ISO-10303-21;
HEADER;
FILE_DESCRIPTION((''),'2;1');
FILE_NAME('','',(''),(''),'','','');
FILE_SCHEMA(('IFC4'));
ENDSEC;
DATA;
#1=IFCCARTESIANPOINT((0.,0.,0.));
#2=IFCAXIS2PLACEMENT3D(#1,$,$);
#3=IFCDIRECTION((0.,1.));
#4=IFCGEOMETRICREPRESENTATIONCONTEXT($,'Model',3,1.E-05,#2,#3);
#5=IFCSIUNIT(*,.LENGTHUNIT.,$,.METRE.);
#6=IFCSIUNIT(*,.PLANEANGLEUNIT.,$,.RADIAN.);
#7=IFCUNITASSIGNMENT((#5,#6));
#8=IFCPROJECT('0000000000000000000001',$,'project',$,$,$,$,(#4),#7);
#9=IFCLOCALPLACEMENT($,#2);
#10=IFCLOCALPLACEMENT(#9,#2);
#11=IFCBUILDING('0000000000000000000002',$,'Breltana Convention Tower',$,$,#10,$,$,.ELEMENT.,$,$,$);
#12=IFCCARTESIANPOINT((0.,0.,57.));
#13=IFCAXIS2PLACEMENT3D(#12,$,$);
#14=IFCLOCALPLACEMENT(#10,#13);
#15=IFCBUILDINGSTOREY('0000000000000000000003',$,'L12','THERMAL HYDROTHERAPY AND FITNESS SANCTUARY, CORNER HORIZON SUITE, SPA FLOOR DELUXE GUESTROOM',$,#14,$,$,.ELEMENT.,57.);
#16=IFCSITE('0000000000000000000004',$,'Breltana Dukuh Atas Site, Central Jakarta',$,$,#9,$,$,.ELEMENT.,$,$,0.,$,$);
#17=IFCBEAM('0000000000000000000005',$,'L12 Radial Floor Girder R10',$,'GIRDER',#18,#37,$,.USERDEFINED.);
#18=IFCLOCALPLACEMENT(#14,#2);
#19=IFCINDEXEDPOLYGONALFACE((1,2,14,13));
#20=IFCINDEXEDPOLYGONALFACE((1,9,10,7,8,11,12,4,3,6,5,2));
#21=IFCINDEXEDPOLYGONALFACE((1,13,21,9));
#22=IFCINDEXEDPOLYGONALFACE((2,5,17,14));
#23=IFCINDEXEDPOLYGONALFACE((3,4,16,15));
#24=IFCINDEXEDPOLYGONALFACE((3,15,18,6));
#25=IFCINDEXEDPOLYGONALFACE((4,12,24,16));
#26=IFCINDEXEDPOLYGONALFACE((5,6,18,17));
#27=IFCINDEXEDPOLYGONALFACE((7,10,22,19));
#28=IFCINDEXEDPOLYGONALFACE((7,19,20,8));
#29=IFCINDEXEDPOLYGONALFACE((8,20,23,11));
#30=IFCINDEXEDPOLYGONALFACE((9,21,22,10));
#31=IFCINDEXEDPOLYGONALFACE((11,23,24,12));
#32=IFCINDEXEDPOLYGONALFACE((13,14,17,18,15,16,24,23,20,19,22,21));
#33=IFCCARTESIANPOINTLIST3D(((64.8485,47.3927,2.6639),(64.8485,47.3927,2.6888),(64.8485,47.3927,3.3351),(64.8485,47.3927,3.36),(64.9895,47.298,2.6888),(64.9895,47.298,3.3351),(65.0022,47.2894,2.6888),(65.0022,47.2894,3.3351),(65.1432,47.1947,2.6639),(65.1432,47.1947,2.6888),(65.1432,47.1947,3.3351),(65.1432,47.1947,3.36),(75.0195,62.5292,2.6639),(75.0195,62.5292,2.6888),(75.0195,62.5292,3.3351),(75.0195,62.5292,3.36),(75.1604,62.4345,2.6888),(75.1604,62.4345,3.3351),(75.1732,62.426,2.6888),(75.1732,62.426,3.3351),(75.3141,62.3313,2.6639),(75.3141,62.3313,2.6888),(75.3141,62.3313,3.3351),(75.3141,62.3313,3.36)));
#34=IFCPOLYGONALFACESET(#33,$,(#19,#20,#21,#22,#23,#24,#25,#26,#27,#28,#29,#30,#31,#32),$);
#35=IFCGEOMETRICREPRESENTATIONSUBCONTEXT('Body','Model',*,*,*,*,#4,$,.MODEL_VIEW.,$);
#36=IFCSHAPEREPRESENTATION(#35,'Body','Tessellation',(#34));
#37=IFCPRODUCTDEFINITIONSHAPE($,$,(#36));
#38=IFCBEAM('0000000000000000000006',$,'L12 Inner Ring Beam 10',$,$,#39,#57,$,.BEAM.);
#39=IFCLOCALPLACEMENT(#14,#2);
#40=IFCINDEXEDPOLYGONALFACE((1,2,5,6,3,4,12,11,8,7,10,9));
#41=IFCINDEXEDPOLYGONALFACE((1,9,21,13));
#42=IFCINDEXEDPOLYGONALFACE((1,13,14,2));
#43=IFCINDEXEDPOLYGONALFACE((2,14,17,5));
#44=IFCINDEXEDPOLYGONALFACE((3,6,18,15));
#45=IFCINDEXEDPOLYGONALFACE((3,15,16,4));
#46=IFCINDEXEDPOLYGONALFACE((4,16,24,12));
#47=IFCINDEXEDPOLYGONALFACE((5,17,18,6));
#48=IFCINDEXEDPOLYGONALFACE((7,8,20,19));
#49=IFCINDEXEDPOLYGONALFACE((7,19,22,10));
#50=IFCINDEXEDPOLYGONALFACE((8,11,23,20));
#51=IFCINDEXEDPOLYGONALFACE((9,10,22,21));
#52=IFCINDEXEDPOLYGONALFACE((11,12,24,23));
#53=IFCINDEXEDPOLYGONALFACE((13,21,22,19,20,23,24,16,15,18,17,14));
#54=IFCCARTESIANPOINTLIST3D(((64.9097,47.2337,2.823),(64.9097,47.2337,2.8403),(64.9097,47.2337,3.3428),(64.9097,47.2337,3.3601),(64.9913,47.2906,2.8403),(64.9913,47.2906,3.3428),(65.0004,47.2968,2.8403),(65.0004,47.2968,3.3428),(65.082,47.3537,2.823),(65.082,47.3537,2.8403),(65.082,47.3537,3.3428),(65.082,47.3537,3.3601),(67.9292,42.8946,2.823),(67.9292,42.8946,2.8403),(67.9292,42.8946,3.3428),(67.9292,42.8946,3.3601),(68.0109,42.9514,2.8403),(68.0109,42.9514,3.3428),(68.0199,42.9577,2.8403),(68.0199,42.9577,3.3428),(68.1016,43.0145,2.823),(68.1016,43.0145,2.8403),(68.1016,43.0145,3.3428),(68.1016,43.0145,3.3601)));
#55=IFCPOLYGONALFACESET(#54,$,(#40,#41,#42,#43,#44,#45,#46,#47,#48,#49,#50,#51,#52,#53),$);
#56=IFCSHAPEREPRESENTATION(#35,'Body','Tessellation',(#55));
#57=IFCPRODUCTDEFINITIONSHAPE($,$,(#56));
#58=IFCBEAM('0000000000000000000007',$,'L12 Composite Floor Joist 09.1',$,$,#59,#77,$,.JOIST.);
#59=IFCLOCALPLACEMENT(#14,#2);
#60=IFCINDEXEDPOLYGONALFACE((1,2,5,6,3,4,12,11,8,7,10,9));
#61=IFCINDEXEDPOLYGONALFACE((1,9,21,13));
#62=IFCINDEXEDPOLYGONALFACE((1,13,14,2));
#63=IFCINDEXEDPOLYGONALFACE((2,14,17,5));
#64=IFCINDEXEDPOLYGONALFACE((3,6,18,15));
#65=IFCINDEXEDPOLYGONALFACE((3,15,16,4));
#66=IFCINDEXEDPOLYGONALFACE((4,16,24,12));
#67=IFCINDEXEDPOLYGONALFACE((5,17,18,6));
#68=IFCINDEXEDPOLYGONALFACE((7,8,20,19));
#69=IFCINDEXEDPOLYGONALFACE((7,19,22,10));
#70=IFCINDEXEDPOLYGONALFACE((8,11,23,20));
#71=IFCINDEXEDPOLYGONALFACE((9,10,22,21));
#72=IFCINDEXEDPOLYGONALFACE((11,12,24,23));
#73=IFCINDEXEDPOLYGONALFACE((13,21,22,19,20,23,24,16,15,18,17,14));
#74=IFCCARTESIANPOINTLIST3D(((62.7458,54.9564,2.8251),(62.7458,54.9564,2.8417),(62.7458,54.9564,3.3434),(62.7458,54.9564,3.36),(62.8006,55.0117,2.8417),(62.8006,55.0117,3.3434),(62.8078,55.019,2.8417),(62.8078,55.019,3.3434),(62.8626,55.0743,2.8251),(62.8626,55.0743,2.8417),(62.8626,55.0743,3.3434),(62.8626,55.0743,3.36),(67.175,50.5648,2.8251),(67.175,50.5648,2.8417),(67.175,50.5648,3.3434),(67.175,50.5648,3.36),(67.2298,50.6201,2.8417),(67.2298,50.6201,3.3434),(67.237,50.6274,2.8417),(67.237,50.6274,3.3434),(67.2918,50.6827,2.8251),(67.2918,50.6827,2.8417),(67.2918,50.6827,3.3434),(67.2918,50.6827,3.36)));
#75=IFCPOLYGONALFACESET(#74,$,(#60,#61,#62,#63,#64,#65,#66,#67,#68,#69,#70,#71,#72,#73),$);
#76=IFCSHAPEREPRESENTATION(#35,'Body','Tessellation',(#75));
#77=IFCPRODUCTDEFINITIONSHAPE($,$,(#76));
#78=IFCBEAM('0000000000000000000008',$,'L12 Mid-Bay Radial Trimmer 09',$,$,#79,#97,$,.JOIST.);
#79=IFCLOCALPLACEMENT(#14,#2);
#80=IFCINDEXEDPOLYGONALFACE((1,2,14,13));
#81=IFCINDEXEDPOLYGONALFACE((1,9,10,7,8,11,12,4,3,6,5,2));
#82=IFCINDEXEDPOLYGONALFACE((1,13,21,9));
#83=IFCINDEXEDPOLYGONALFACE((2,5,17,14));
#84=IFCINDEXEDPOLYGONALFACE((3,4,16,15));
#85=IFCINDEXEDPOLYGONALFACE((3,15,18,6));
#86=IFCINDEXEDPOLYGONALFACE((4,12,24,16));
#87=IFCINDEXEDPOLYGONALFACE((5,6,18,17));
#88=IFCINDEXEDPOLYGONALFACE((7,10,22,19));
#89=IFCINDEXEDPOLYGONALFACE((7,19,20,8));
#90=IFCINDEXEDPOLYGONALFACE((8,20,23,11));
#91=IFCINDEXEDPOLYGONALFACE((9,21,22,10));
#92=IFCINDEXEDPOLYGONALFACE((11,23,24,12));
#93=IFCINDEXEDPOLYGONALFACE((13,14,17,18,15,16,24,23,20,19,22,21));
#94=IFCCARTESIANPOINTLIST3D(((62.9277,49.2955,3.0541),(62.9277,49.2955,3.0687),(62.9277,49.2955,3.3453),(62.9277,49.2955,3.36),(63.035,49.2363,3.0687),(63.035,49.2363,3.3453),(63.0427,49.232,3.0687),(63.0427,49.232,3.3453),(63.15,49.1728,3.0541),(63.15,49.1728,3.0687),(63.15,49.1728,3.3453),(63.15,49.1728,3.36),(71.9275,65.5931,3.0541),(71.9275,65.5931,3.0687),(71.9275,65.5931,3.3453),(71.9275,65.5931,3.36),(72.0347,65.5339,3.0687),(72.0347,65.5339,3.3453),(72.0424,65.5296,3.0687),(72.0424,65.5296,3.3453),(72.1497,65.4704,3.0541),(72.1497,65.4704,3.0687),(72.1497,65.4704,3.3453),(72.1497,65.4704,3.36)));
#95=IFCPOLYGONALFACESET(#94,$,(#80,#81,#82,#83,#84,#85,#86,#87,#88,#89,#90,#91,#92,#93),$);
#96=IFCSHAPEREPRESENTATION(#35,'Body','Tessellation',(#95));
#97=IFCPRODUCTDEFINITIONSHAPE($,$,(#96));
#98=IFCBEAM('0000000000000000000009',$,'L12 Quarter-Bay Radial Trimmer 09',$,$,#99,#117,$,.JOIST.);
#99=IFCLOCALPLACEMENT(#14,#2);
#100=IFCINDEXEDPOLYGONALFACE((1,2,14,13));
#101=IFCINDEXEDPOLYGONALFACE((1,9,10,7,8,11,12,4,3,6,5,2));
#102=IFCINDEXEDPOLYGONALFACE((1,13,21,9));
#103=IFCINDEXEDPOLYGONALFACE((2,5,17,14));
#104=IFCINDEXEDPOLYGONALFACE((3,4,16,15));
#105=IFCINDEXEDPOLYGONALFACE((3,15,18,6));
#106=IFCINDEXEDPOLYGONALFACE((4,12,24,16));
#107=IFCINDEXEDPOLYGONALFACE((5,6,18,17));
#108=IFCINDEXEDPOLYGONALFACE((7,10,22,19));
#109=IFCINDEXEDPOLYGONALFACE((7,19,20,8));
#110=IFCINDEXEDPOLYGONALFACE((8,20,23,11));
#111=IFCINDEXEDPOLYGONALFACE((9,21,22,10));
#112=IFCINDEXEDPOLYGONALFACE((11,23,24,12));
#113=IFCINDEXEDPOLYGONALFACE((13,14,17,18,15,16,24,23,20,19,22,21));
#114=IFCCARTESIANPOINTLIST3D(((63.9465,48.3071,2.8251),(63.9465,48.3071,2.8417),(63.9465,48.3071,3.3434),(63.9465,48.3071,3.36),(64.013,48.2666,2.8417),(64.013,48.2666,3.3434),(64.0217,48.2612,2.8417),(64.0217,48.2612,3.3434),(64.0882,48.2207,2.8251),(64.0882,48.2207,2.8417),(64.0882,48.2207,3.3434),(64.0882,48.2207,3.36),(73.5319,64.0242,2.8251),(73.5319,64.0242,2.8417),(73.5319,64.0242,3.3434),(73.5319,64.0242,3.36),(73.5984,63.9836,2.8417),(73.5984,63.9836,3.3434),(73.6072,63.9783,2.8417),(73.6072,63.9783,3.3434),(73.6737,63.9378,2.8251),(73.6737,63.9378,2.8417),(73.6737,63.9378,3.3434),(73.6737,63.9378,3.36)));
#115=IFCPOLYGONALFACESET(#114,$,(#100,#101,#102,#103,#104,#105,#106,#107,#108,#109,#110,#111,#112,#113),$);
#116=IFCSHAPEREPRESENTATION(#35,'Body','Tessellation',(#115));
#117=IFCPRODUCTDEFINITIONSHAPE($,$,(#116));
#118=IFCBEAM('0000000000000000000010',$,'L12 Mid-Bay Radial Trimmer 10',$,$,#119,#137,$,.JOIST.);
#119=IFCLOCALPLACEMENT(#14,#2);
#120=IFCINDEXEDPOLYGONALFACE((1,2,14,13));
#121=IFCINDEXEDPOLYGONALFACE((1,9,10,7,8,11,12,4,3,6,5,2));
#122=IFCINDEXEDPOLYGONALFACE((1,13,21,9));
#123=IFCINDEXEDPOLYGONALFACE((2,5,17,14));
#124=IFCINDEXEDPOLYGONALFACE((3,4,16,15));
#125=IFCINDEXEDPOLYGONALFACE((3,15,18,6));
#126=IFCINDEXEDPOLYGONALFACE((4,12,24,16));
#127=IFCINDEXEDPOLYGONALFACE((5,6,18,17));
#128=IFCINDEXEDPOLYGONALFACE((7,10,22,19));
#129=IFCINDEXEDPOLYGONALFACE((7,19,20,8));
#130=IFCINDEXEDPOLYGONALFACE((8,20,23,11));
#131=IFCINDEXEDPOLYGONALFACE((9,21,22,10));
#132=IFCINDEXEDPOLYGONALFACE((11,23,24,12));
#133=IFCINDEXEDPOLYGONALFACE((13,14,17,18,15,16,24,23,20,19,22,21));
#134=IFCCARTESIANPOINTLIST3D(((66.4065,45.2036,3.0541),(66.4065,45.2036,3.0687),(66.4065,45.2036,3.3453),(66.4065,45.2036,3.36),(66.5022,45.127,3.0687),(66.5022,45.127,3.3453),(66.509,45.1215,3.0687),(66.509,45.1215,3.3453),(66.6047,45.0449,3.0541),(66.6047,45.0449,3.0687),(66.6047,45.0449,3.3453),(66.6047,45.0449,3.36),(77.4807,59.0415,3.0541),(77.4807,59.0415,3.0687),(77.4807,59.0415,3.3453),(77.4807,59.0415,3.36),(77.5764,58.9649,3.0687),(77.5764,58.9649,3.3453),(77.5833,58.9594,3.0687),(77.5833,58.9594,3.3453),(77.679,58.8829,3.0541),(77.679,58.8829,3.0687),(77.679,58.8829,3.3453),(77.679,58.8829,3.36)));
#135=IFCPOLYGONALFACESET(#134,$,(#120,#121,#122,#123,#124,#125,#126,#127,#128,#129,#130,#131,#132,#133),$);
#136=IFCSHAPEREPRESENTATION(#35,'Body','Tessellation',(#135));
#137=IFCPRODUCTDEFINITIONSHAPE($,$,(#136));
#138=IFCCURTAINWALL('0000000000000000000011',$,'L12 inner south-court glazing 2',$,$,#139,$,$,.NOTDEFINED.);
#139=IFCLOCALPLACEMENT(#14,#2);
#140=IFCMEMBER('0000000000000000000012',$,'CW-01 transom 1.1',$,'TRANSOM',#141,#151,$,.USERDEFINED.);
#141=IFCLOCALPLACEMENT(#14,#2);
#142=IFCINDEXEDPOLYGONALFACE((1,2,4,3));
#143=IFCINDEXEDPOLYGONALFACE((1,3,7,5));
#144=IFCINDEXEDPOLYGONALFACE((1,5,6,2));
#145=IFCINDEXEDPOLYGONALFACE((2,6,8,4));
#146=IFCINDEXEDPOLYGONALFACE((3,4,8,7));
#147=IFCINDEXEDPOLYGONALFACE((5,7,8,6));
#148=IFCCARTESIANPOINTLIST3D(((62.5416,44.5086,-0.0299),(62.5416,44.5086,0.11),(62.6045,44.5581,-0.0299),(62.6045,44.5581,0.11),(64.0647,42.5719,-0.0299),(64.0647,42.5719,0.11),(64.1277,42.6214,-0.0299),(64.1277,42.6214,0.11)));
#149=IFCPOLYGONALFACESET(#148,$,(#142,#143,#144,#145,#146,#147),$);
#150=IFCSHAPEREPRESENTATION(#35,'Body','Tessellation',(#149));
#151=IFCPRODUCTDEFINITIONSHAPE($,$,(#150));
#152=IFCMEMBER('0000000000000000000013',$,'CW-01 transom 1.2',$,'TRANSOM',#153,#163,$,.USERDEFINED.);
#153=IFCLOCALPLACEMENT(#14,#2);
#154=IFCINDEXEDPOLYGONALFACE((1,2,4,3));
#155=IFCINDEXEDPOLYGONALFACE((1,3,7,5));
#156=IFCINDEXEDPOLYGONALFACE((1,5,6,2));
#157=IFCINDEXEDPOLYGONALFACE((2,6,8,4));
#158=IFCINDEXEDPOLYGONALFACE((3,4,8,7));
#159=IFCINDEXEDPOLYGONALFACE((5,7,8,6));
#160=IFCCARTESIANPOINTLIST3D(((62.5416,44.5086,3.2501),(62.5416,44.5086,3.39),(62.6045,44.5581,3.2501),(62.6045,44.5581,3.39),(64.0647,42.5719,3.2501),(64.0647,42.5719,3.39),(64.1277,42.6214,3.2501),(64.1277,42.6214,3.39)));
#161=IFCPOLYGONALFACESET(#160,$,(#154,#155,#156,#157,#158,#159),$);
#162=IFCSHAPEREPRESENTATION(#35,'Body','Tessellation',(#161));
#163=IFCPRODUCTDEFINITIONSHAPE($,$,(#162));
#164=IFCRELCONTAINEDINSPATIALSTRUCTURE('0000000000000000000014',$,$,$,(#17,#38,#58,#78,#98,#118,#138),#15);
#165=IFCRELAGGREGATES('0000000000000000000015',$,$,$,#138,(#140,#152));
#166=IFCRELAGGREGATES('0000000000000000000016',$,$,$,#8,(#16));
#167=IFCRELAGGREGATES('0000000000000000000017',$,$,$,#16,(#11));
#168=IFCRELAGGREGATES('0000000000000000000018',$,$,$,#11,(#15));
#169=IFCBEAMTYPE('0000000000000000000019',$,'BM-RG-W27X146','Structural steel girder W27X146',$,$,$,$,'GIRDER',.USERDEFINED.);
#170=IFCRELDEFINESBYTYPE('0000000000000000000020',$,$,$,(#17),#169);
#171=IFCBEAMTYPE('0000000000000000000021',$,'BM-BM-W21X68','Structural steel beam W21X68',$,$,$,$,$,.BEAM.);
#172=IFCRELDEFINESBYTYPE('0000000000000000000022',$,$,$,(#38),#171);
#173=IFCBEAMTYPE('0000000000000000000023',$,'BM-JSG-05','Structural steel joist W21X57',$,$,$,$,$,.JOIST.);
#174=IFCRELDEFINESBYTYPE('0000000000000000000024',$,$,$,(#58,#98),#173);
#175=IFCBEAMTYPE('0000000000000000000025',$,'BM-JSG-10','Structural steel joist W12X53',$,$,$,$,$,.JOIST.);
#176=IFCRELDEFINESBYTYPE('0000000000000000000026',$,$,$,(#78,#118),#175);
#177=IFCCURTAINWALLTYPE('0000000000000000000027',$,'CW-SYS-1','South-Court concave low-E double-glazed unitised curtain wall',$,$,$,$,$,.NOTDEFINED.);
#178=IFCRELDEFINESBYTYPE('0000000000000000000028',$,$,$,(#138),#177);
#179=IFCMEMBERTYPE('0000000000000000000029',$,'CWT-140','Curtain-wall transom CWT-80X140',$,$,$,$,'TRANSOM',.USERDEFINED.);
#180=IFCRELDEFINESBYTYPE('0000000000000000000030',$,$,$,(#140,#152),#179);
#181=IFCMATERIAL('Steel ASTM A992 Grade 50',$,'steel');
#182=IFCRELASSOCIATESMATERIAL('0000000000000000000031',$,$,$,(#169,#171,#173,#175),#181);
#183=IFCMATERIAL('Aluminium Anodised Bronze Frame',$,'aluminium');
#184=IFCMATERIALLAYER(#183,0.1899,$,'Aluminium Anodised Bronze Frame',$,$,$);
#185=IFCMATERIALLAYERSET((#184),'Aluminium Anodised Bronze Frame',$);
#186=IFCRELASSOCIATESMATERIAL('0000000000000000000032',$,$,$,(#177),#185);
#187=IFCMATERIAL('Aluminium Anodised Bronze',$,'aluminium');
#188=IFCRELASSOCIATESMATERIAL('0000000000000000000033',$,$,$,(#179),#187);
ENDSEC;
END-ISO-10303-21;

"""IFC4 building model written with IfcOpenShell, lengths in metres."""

from ifc_helpers import new_model, si_unit, direction, frame, origin, origin_2d, place, context, subcontext, project, spatial, rectangle, i_section, extrude, source, transform, mapped, material, layer, layer_set, material_profile, profile_set, type_object, element, aggregate, save


model = new_model("IFC4")

# Units and contexts
model_context = context("Model", 3, precision=1e-05, world=origin(), true_north=direction((0.0, 1.0)))
body_context = subcontext(model_context, "Body", "Model", "MODEL_VIEW")
ifc_project = project(units=[si_unit("LENGTHUNIT", "METRE"), si_unit("PLANEANGLEUNIT", "RADIAN")], contexts=[model_context])

# Site, building, storey
site_placement = place(None, origin())
site = spatial("IfcSite", under=ifc_project, at=site_placement, Name="Breltana Dukuh Atas Site, Central Jakarta", CompositionType="ELEMENT", RefElevation=0.0)
building_placement = place(site_placement, origin())
building = spatial("IfcBuilding", under=site, at=building_placement, Name="Breltana Convention Tower", CompositionType="ELEMENT")
storey_placement = place(building_placement, frame((0.0, 0.0, 57.0)))
storey = spatial("IfcBuildingStorey", under=building, at=storey_placement, Name="L12", Description="THERMAL HYDROTHERAPY AND FITNESS SANCTUARY, CORNER HORIZON SUITE, SPA FLOOR DELUXE GUESTROOM", CompositionType="ELEMENT", Elevation=57.0)

# Beams
ifc_material_1 = material(Name="Steel ASTM A992 Grade 50", Category="steel")
ifc_material_profile_1 = material_profile(ifc_material_1, i_section(OverallWidth=0.355, OverallDepth=0.696, WebThickness=0.0154, FlangeThickness=0.0249, at=origin_2d()), Name="W27X146")
ifc_profile_set_1 = profile_set([ifc_material_profile_1], Name="Steel ASTM A992 Grade 50")
beam_type_1 = type_object("IfcBeamType", Name="BM-RG-W27X146", Description="Structural steel girder W27X146", ElementType="GIRDER", PredefinedType="USERDEFINED", material=ifc_profile_set_1)
shared_shape_1 = source(origin(), body_context, "Body", "SweptSolid", [
    extrude(i_section(OverallWidth=0.355, OverallDepth=0.696, WebThickness=0.0154, FlangeThickness=0.0249, at=origin_2d()), origin(), (0.0, 0.0, 1.0), 18.2363),
])
beam_1_placement = place(storey_placement, frame((64.9958, 47.2937, 3.012), z_axis=(0.55773, 0.830022, 0.0), x_axis=(-0.830022, 0.55773, 0.0)))
element("IfcBeam", 1, at=beam_1_placement, inside=storey, type_object=beam_type_1, Name="L12 Radial Floor Girder R10", ObjectType="GIRDER", PredefinedType="USERDEFINED", context=body_context, shape_type="MappedRepresentation", body=[
    mapped(shared_shape_1, transform((0.0, 0.0, 0.0), scale=1.0)),
])
ifc_material_profile_2 = material_profile(ifc_material_1, i_section(OverallWidth=0.21, OverallDepth=0.5371, WebThickness=0.011, FlangeThickness=0.0173, at=origin_2d()), Name="W21X68")
ifc_profile_set_2 = profile_set([ifc_material_profile_2], Name="Steel ASTM A992 Grade 50")
beam_type_2 = type_object("IfcBeamType", Name="BM-BM-W21X68", Description="Structural steel beam W21X68", PredefinedType="BEAM", material=ifc_profile_set_2)
shared_shape_2 = source(origin(), body_context, "Body", "SweptSolid", [
    extrude(i_section(OverallWidth=0.21, OverallDepth=0.5371, WebThickness=0.011, FlangeThickness=0.0173, at=origin_2d()), origin(), (0.0, 0.0, 1.0), 5.2864),
])
beam_2_placement = place(storey_placement, frame((64.9958, 47.2937, 3.0916), z_axis=(0.571194, -0.820815, 0.0), x_axis=(0.820815, 0.571194, 0.0)))
element("IfcBeam", 2, at=beam_2_placement, inside=storey, type_object=beam_type_2, Name="L12 Inner Ring Beam 10", PredefinedType="BEAM", context=body_context, shape_type="MappedRepresentation", body=[
    mapped(shared_shape_2, transform((0.0, 0.0, 0.0), scale=1.0)),
])
ifc_material_profile_3 = material_profile(ifc_material_1, i_section(OverallWidth=0.166, OverallDepth=0.5349, WebThickness=0.0103, FlangeThickness=0.0166, at=origin_2d()), Name="W21X57")
ifc_profile_set_3 = profile_set([ifc_material_profile_3], Name="Steel ASTM A992 Grade 50")
beam_type_3 = type_object("IfcBeamType", Name="BM-JSG-05", Description="Structural steel joist W21X57", PredefinedType="JOIST", material=ifc_profile_set_3)
shared_shape_3 = source(origin(), body_context, "Body", "SweptSolid", [
    extrude(i_section(OverallWidth=0.166, OverallDepth=0.5349, WebThickness=0.0103, FlangeThickness=0.0166, at=origin_2d()), origin(), (0.0, 0.0, 1.0), 6.2373),
])
beam_3_placement = place(storey_placement, frame((62.8042, 55.0154, 3.0925), z_axis=(0.710114, -0.704086, 0.0), x_axis=(0.704086, 0.710114, 0.0)))
element("IfcBeam", 3, at=beam_3_placement, inside=storey, type_object=beam_type_3, Name="L12 Composite Floor Joist 09.1", PredefinedType="JOIST", context=body_context, shape_type="MappedRepresentation", body=[
    mapped(shared_shape_3, transform((0.0, 0.0, 0.0), scale=1.0)),
])
ifc_material_profile_4 = material_profile(ifc_material_1, i_section(OverallWidth=0.2539, OverallDepth=0.3059, WebThickness=0.0088, FlangeThickness=0.0146, at=origin_2d()), Name="W12X53")
ifc_profile_set_4 = profile_set([ifc_material_profile_4], Name="Steel ASTM A992 Grade 50")
beam_type_4 = type_object("IfcBeamType", Name="BM-JSG-10", Description="Structural steel joist W12X53", PredefinedType="JOIST", material=ifc_profile_set_4)
shared_shape_4 = source(origin(), body_context, "Body", "SweptSolid", [
    extrude(i_section(OverallWidth=0.2539, OverallDepth=0.3059, WebThickness=0.0088, FlangeThickness=0.0146, at=origin_2d()), origin(), (0.0, 0.0, 1.0), 18.6174),
])
beam_4_placement = place(storey_placement, frame((63.0388, 49.2341, 3.207), z_axis=(0.483406, 0.875396, 0.0), x_axis=(-0.875396, 0.483406, 0.0)))
element("IfcBeam", 4, at=beam_4_placement, inside=storey, type_object=beam_type_4, Name="L12 Mid-Bay Radial Trimmer 09", PredefinedType="JOIST", context=body_context, shape_type="MappedRepresentation", body=[
    mapped(shared_shape_4, transform((0.0, 0.0, 0.0), scale=1.0)),
])
shared_shape_5 = source(origin(), body_context, "Body", "SweptSolid", [
    extrude(i_section(OverallWidth=0.166, OverallDepth=0.5349, WebThickness=0.0103, FlangeThickness=0.0166, at=origin_2d()), origin(), (0.0, 0.0, 1.0), 18.4094),
])
beam_5_placement = place(storey_placement, frame((64.0173, 48.2639, 3.0925), z_axis=(0.520682, 0.853751, 0.0), x_axis=(-0.853751, 0.520682, 0.0)))
element("IfcBeam", 5, at=beam_5_placement, inside=storey, type_object=beam_type_3, Name="L12 Quarter-Bay Radial Trimmer 09", PredefinedType="JOIST", context=body_context, shape_type="MappedRepresentation", body=[
    mapped(shared_shape_5, transform((0.0, 0.0, 0.0), scale=1.0)),
])
shared_shape_6 = source(origin(), body_context, "Body", "SweptSolid", [
    extrude(i_section(OverallWidth=0.2539, OverallDepth=0.3059, WebThickness=0.0088, FlangeThickness=0.0146, at=origin_2d()), origin(), (0.0, 0.0, 1.0), 17.7236),
])
beam_6_placement = place(storey_placement, frame((66.5056, 45.1243, 3.207), z_axis=(0.624829, 0.780761, 0.0), x_axis=(-0.780761, 0.624829, 0.0)))
element("IfcBeam", 6, at=beam_6_placement, inside=storey, type_object=beam_type_4, Name="L12 Mid-Bay Radial Trimmer 10", PredefinedType="JOIST", context=body_context, shape_type="MappedRepresentation", body=[
    mapped(shared_shape_6, transform((0.0, 0.0, 0.0), scale=1.0)),
])

# Curtain wall, members
ifc_material_2 = material(Name="Aluminium Anodised Bronze Frame", Category="aluminium")
ifc_layer_1 = layer(ifc_material_2, 0.1899, Name="Aluminium Anodised Bronze Frame")
ifc_layer_set_1 = layer_set([ifc_layer_1], Name="Aluminium Anodised Bronze Frame")
curtain_wall_type = type_object("IfcCurtainWallType", Name="CW-SYS-1", Description="South-Court concave low-E double-glazed unitised curtain wall", PredefinedType="NOTDEFINED", material=ifc_layer_set_1)
curtain_wall_1_placement = place(storey_placement, origin())
curtain_wall_1 = element("IfcCurtainWall", 7, at=curtain_wall_1_placement, inside=storey, type_object=curtain_wall_type, Name="L12 inner south-court glazing 2", PredefinedType="NOTDEFINED")
ifc_material_3 = material(Name="Aluminium Anodised Bronze", Category="aluminium")
ifc_material_profile_5 = material_profile(ifc_material_3, rectangle(XDim=0.0801, YDim=0.1399, at=origin_2d()), Name="CWT-80X140")
ifc_profile_set_5 = profile_set([ifc_material_profile_5], Name="Aluminium Anodised Bronze")
member_type_1 = type_object("IfcMemberType", Name="CWT-140", Description="Curtain-wall transom CWT-80X140", ElementType="TRANSOM", PredefinedType="USERDEFINED", material=ifc_profile_set_5)
shared_shape_7 = source(origin(), body_context, "Body", "SweptSolid", [
    extrude(rectangle(XDim=0.0801, YDim=0.1399, at=origin_2d()), origin(), (0.0, 0.0, 1.0), 2.4639),
])
member_1_placement = place(storey_placement, frame((64.0962, 42.5967, 0.04), z_axis=(-0.618185, 0.786033, 0.0), x_axis=(-0.786033, -0.618185, 0.0)))
member_1 = element("IfcMember", 8, at=member_1_placement, type_object=member_type_1, Name="CW-01 transom 1.1", ObjectType="TRANSOM", PredefinedType="USERDEFINED", context=body_context, shape_type="MappedRepresentation", body=[
    mapped(shared_shape_7, transform((0.0, 0.0, 0.0), scale=1.0)),
])
member_2_placement = place(storey_placement, frame((64.0962, 42.5967, 3.3201), z_axis=(-0.618185, 0.786033, 0.0), x_axis=(-0.786033, -0.618185, 0.0)))
member_2 = element("IfcMember", 9, at=member_2_placement, type_object=member_type_1, Name="CW-01 transom 1.2", ObjectType="TRANSOM", PredefinedType="USERDEFINED", context=body_context, shape_type="MappedRepresentation", body=[
    mapped(shared_shape_7, transform((0.0, 0.0, 0.0), scale=1.0)),
])

aggregate(curtain_wall_1, [member_1, member_2])

save(model, "model.ifc")
